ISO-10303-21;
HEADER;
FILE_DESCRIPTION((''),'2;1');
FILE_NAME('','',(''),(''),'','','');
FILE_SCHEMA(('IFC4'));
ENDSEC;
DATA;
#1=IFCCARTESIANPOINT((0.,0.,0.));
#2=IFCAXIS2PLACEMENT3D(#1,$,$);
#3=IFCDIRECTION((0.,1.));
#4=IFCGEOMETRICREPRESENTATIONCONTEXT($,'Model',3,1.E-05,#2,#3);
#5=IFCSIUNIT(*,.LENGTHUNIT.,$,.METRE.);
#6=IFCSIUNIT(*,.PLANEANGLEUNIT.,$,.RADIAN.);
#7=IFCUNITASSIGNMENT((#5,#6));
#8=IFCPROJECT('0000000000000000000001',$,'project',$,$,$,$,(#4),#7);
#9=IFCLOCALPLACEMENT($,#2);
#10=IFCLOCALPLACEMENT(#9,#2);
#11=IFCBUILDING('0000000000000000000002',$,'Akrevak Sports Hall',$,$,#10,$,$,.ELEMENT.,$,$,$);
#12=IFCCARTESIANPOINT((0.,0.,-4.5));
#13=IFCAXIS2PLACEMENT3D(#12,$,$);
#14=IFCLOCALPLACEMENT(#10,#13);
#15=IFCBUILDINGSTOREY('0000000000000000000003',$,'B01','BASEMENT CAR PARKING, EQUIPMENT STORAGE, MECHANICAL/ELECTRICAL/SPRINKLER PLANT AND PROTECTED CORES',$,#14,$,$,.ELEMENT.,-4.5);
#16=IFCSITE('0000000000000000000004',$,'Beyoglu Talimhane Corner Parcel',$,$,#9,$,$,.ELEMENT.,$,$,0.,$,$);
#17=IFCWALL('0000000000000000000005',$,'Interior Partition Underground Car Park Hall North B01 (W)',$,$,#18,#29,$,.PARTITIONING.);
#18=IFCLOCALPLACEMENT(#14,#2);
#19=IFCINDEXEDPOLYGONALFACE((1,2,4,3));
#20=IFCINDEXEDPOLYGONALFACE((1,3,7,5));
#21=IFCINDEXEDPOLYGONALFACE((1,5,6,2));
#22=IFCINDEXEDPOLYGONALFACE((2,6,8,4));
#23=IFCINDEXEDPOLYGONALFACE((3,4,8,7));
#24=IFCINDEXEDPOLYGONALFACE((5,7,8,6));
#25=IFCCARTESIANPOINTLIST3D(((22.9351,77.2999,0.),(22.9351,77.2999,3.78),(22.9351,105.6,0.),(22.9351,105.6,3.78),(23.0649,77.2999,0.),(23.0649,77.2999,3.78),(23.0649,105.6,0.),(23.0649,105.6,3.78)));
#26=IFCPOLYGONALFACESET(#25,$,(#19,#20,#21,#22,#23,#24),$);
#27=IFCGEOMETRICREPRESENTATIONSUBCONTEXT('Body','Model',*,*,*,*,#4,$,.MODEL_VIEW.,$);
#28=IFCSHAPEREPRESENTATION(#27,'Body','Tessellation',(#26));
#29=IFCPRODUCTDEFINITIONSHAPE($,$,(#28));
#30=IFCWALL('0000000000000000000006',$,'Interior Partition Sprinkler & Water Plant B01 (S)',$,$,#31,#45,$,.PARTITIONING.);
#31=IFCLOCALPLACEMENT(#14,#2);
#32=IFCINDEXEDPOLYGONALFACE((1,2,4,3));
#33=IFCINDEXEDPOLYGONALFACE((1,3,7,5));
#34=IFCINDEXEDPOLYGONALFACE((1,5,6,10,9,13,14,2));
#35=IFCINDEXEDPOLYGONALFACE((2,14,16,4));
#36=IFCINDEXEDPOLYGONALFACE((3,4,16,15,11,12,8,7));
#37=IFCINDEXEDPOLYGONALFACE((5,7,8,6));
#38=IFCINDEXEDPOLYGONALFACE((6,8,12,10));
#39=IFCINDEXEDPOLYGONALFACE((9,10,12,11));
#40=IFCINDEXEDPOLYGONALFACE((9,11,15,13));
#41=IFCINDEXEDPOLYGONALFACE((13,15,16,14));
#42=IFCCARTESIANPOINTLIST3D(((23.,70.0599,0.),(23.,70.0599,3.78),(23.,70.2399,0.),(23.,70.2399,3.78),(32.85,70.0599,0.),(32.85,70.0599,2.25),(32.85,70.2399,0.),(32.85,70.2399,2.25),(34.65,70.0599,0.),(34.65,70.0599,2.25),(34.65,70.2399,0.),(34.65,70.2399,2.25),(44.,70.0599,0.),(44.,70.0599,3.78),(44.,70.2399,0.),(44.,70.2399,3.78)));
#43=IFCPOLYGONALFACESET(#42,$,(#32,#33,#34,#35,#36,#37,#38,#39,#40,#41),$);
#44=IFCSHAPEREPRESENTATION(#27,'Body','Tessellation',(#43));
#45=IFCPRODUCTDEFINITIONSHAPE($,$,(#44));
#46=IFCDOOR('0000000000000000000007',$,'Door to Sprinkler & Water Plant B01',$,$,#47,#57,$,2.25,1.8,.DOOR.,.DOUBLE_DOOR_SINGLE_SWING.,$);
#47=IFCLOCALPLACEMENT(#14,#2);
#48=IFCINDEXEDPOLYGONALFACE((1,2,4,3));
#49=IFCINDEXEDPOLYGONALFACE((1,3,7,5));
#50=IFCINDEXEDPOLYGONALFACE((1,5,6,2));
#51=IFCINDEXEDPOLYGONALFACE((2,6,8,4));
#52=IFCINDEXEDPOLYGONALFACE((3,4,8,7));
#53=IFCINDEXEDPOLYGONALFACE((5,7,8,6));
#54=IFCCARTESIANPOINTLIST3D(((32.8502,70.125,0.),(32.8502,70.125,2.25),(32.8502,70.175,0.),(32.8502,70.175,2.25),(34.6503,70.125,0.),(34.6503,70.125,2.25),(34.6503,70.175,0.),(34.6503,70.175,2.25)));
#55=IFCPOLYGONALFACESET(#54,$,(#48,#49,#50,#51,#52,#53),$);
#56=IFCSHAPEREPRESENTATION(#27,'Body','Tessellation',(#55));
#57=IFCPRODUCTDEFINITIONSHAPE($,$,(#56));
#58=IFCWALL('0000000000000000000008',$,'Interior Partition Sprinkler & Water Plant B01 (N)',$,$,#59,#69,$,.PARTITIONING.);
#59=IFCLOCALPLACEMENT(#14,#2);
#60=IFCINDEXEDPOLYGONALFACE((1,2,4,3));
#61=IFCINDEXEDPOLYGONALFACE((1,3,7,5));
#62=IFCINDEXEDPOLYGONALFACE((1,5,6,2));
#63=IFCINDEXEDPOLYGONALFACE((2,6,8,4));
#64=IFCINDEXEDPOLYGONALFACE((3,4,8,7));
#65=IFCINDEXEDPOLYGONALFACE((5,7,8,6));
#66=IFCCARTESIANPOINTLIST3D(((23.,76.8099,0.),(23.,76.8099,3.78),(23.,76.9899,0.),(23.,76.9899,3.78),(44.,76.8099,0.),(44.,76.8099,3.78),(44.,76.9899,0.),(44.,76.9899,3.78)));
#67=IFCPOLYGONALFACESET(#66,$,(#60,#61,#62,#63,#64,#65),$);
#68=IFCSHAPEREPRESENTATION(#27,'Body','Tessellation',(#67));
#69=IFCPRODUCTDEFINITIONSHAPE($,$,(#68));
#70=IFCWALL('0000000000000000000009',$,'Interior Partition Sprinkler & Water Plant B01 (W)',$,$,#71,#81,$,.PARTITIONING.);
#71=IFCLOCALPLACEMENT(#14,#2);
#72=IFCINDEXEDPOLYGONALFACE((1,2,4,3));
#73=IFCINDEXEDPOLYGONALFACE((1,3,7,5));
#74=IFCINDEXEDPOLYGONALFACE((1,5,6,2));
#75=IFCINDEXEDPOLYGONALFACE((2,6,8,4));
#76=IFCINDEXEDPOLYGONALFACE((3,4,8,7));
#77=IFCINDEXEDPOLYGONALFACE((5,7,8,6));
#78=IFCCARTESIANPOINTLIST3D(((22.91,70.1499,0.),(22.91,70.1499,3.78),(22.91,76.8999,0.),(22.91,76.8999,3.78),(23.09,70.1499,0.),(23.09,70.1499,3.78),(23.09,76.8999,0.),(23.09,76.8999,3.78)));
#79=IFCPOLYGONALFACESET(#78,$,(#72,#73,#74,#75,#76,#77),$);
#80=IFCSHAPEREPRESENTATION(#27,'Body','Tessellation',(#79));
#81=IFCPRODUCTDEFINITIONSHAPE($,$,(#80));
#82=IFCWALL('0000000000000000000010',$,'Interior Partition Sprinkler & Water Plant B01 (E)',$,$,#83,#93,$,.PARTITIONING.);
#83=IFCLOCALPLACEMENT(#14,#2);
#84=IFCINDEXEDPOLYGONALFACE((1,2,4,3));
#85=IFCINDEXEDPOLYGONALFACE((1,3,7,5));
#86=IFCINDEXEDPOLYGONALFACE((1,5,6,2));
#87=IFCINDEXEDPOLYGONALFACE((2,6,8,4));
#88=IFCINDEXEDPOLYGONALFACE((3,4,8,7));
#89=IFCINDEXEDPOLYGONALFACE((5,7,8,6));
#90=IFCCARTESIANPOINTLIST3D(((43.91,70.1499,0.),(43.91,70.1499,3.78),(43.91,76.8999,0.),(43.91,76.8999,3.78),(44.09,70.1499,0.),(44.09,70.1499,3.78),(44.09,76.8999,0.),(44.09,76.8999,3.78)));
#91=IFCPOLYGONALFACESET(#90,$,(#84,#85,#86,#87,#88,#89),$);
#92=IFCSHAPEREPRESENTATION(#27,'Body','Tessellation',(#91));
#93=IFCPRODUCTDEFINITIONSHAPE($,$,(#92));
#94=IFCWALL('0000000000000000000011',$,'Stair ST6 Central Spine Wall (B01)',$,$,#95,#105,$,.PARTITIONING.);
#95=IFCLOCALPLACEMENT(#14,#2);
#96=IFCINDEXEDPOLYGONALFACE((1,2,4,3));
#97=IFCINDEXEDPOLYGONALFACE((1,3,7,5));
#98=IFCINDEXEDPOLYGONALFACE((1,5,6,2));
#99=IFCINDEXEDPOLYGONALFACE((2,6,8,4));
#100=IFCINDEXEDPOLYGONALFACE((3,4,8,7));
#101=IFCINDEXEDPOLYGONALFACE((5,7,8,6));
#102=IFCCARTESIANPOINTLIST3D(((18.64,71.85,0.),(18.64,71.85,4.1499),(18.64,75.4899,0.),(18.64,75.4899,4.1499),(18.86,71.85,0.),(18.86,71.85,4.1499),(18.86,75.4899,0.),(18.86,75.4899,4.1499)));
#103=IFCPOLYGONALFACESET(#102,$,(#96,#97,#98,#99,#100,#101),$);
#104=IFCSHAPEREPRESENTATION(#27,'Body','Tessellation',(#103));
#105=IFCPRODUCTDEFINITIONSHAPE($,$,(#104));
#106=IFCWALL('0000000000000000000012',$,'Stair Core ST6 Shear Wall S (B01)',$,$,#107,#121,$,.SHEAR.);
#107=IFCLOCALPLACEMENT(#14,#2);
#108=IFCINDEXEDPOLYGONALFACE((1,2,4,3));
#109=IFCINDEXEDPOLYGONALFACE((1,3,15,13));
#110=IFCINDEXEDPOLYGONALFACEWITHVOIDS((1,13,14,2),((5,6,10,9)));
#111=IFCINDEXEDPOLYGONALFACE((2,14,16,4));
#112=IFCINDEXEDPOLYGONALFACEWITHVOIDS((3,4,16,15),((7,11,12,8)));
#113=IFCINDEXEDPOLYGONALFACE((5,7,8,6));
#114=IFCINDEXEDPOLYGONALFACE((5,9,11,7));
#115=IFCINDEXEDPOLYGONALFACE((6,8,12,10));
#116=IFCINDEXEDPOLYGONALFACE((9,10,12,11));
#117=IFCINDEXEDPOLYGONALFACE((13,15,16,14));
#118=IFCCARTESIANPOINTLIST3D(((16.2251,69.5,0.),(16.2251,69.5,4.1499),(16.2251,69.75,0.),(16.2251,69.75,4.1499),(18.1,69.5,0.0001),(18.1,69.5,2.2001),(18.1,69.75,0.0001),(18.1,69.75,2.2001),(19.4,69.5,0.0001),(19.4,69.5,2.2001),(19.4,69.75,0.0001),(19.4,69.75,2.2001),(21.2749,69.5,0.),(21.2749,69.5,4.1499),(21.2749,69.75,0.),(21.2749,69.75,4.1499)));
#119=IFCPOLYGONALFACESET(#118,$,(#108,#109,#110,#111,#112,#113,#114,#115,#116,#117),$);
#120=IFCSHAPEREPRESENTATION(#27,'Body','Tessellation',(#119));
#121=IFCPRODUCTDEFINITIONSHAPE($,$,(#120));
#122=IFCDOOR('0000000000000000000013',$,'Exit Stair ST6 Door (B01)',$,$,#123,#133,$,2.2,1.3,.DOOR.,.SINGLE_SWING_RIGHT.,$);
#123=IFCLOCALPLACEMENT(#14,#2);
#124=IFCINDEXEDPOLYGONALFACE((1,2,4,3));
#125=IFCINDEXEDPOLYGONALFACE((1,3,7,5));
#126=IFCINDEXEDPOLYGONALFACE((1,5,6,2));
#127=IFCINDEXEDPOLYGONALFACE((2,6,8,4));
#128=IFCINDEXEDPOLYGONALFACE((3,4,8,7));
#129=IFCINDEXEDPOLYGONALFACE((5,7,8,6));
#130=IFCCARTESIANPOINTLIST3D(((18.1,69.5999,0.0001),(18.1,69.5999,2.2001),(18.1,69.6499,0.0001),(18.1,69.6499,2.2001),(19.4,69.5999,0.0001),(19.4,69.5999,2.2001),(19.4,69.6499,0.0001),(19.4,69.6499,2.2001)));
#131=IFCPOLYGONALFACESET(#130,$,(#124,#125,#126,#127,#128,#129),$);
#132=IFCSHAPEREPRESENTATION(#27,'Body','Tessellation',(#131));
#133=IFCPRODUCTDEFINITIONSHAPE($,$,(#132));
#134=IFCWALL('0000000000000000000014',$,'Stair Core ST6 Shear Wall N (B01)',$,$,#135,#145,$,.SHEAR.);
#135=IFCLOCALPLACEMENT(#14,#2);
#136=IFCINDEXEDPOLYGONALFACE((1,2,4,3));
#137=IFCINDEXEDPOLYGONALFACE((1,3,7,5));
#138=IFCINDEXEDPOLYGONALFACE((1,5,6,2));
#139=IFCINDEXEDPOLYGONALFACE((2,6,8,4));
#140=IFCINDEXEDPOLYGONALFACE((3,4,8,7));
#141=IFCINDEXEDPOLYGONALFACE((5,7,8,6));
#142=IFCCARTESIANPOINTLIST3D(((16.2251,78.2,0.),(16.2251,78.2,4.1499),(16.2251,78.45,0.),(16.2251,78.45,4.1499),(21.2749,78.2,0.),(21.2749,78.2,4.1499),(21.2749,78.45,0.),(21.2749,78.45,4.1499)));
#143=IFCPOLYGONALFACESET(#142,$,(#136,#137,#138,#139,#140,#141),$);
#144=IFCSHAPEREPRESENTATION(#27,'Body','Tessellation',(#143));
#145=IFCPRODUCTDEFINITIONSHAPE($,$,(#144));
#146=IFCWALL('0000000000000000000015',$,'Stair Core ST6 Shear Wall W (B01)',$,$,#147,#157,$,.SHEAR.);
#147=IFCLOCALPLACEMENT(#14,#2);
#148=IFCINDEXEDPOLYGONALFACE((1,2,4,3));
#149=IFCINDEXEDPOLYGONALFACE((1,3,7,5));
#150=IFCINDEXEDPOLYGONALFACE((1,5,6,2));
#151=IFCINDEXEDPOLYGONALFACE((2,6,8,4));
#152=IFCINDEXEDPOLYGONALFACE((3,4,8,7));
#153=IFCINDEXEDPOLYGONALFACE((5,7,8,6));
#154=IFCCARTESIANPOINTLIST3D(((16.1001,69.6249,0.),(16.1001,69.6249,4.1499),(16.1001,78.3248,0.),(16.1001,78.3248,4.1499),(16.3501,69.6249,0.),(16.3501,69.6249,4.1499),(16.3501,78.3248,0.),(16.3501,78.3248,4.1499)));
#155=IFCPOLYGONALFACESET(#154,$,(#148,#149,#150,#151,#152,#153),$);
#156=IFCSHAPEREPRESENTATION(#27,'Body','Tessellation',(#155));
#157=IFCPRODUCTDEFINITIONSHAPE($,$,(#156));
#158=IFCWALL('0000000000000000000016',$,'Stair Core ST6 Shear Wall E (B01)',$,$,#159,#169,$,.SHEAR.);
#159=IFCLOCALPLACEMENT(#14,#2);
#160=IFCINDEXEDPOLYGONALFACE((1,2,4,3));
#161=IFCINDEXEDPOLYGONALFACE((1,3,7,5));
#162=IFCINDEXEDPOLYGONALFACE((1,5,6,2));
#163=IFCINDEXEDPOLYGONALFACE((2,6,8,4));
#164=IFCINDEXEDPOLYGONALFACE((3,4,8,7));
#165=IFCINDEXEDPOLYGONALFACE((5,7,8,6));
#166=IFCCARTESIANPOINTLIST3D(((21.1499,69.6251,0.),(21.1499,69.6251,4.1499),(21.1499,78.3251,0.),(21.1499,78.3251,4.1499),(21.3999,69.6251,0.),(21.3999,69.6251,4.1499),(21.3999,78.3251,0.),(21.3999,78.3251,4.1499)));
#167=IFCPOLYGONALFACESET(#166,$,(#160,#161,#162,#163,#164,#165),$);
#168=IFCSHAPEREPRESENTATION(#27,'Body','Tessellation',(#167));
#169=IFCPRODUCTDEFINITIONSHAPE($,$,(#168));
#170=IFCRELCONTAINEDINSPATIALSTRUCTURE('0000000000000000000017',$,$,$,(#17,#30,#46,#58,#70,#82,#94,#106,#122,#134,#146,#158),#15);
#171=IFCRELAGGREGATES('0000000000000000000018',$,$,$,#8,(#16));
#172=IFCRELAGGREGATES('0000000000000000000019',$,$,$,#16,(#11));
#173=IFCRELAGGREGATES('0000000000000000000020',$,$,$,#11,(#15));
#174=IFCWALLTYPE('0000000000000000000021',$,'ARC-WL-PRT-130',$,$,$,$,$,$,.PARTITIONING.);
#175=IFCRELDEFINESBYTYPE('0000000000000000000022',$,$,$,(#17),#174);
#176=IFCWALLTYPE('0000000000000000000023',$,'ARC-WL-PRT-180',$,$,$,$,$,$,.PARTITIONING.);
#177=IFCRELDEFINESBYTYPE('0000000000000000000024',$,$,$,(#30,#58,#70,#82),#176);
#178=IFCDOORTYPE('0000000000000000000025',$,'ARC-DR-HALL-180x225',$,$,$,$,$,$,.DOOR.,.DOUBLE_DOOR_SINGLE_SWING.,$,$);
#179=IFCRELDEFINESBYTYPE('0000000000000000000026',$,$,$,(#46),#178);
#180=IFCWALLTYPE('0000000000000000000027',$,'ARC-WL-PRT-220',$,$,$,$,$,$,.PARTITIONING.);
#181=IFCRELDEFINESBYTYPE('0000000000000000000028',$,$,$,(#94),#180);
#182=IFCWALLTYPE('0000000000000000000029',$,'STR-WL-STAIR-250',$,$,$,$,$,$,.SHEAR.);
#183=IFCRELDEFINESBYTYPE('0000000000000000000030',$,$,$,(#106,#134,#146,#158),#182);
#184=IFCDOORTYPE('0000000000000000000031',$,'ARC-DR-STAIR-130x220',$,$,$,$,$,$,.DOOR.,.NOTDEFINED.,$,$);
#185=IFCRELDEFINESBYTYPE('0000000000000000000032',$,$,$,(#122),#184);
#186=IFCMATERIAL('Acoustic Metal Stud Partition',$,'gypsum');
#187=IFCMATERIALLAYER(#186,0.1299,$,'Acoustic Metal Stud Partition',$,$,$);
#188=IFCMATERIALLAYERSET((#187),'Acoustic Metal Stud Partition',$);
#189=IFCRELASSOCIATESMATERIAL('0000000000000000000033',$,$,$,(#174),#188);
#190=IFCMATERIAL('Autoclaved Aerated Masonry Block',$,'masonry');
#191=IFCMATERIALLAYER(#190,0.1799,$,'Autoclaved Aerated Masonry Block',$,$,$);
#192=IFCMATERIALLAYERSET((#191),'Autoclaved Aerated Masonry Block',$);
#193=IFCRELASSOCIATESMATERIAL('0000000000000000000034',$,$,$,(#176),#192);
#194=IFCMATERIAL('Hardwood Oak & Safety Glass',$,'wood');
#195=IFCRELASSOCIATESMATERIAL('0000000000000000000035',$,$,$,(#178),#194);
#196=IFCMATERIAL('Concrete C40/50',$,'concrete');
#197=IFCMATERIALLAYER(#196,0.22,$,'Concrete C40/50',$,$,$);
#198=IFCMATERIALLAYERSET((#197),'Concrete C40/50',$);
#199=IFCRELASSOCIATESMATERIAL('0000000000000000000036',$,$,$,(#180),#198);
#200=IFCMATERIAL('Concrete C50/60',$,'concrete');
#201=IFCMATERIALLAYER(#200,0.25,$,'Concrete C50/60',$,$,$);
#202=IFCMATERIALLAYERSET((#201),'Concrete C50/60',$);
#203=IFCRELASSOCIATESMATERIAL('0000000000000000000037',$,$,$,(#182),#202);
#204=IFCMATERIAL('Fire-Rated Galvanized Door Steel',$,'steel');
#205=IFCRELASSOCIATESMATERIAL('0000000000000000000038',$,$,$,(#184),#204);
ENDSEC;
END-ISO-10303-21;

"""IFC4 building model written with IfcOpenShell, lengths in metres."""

from ifc_helpers import new_model, si_unit, direction, frame, frame_2d, origin, place, context, subcontext, project, spatial, rectangle, extrude, material, layer, layer_set, type_object, element, fill, save


model = new_model("IFC4")

# Units and contexts
model_context = context("Model", 3, precision=1e-05, world=origin(), true_north=direction((0.0, 1.0)))
body_context = subcontext(model_context, "Body", "Model", "MODEL_VIEW")
ifc_project = project(units=[si_unit("LENGTHUNIT", "METRE"), si_unit("PLANEANGLEUNIT", "RADIAN")], contexts=[model_context])

# Site, building, storey
site_placement = place(None, origin())
site = spatial("IfcSite", under=ifc_project, at=site_placement, Name="Beyoglu Talimhane Corner Parcel", CompositionType="ELEMENT", RefElevation=0.0)
building_placement = place(site_placement, origin())
building = spatial("IfcBuilding", under=site, at=building_placement, Name="Akrevak Sports Hall", CompositionType="ELEMENT")
storey_placement = place(building_placement, frame((0.0, 0.0, -4.5)))
storey = spatial("IfcBuildingStorey", under=building, at=storey_placement, Name="B01", Description="BASEMENT CAR PARKING, EQUIPMENT STORAGE, MECHANICAL/ELECTRICAL/SPRINKLER PLANT AND PROTECTED CORES", CompositionType="ELEMENT", Elevation=-4.5)

# Shared definitions
ifc_material_1 = material(Name="Concrete C40/50", Category="concrete")
ifc_material_2 = material(Name="Concrete C50/60", Category="concrete")

# Shared definitions
ifc_material_3 = material(Name="Acoustic Metal Stud Partition", Category="gypsum")
ifc_layer_1 = layer(ifc_material_3, 0.1299, Name="Acoustic Metal Stud Partition")
ifc_layer_set_1 = layer_set([ifc_layer_1], Name="Acoustic Metal Stud Partition")
wall_type_1 = type_object("IfcWallType", Name="ARC-WL-PRT-130", PredefinedType="PARTITIONING", material=ifc_layer_set_1)

# Wall
wall_1_placement = place(storey_placement, frame((23.0, 77.3, 0.0), z_axis=(0.0, 0.0, 1.0), x_axis=(0.0, 1.0, 0.0)))
element("IfcWall", 1, at=wall_1_placement, inside=storey, type_object=wall_type_1, Name="Interior Partition Underground Car Park Hall North B01 (W)", PredefinedType="PARTITIONING", context=body_context, shape_type="SweptSolid", body=[
    extrude(rectangle(XDim=28.3, YDim=0.1299, at=frame_2d((14.1499, 0.0))), origin(), (0.0, 0.0, 1.0), 3.78),
])

# Wall, opening, door
ifc_material_4 = material(Name="Autoclaved Aerated Masonry Block", Category="masonry")
ifc_layer_2 = layer(ifc_material_4, 0.1799, Name="Autoclaved Aerated Masonry Block")
ifc_layer_set_2 = layer_set([ifc_layer_2], Name="Autoclaved Aerated Masonry Block")
wall_type_2 = type_object("IfcWallType", Name="ARC-WL-PRT-180", PredefinedType="PARTITIONING", material=ifc_layer_set_2)
wall_2_placement = place(storey_placement, frame((23.0, 70.1499, 0.0), z_axis=(0.0, 0.0, 1.0), x_axis=(1.0, 0.0, 0.0)))
wall_2 = element("IfcWall", 2, at=wall_2_placement, inside=storey, type_object=wall_type_2, Name="Interior Partition Sprinkler & Water Plant B01 (S)", PredefinedType="PARTITIONING", context=body_context, shape_type="SweptSolid", body=[
    extrude(rectangle(XDim=21.0, YDim=0.1799, at=frame_2d((10.5, 0.0))), origin(), (0.0, 0.0, 1.0), 3.78),
])
opening_1_placement = place(wall_2_placement, frame((9.8501, 0.0, 0.0)))
opening_1 = element("IfcOpeningElement", 3, at=opening_1_placement, cuts=wall_2, PredefinedType="OPENING", context=body_context, shape_type="SweptSolid", body=[
    extrude(rectangle(XDim=1.8, YDim=2.25, at=frame_2d((0.8999, 1.125))), frame((0.0, 0.1021, 0.0), z_axis=(0.0, -1.0, 0.0), x_axis=(1.0, 0.0, 0.0)), (0.0, 0.0, 1.0), 0.2039),
])
ifc_material_5 = material(Name="Hardwood Oak & Safety Glass", Category="wood")
door_type_1 = type_object("IfcDoorType", Name="ARC-DR-HALL-180x225", OperationType="DOUBLE_DOOR_SINGLE_SWING", PredefinedType="DOOR", material=ifc_material_5)
door_1_placement = place(opening_1_placement, frame((1.8, 0.0, 0.0), z_axis=(0.0, 0.0, 1.0), x_axis=(-1.0, 0.0, 0.0)))
door_1 = element("IfcDoor", 4, at=door_1_placement, inside=storey, type_object=door_type_1, Name="Door to Sprinkler & Water Plant B01", OperationType="DOUBLE_DOOR_SINGLE_SWING", OverallHeight=2.25, OverallWidth=1.8, PredefinedType="DOOR", context=body_context, shape_type="SweptSolid", body=[
    extrude(rectangle(XDim=1.8, YDim=2.25, at=frame_2d((0.8999, 1.125))), frame((0.0, 0.0249, 0.0), z_axis=(0.0, -1.0, 0.0), x_axis=(1.0, 0.0, 0.0)), (0.0, 0.0, 1.0), 0.05),
])
fill(opening_1, door_1)

# Walls
wall_3_placement = place(storey_placement, frame((23.0, 76.8999, 0.0), z_axis=(0.0, 0.0, 1.0), x_axis=(1.0, 0.0, 0.0)))
element("IfcWall", 5, at=wall_3_placement, inside=storey, type_object=wall_type_2, Name="Interior Partition Sprinkler & Water Plant B01 (N)", PredefinedType="PARTITIONING", context=body_context, shape_type="SweptSolid", body=[
    extrude(rectangle(XDim=21.0, YDim=0.1799, at=frame_2d((10.5, 0.0))), origin(), (0.0, 0.0, 1.0), 3.78),
])
for number, where, z_axis, x_axis, name in (
    (6, (23.0, 70.1499, 0.0), (0.0, 0.0, 1.0), (0.0, 1.0, 0.0), "Interior Partition Sprinkler & Water Plant B01 (W)"),
    (7, (44.0, 70.1499, 0.0), (0.0, 0.0, 1.0), (0.0, 1.0, 0.0), "Interior Partition Sprinkler & Water Plant B01 (E)"),
):
    element("IfcWall", number, at=place(storey_placement, frame(where, z_axis=z_axis, x_axis=x_axis)), inside=storey, type_object=wall_type_2, Name=name, PredefinedType="PARTITIONING", context=body_context, shape_type="SweptSolid", body=[
        extrude(rectangle(XDim=6.75, YDim=0.1799, at=frame_2d((3.375, 0.0))), origin(), (0.0, 0.0, 1.0), 3.78),
    ])
ifc_layer_3 = layer(ifc_material_1, 0.22, Name="Concrete C40/50")
ifc_layer_set_3 = layer_set([ifc_layer_3], Name="Concrete C40/50")
wall_type_3 = type_object("IfcWallType", Name="ARC-WL-PRT-220", PredefinedType="PARTITIONING", material=ifc_layer_set_3)
wall_4_placement = place(storey_placement, frame((18.75, 71.8501, 0.0), z_axis=(0.0, 0.0, 1.0), x_axis=(0.0, 1.0, 0.0)))
element("IfcWall", 8, at=wall_4_placement, inside=storey, type_object=wall_type_3, Name="Stair ST6 Central Spine Wall (B01)", PredefinedType="PARTITIONING", context=body_context, shape_type="SweptSolid", body=[
    extrude(rectangle(XDim=3.6399, YDim=0.22, at=frame_2d((1.8198, 0.0))), origin(), (0.0, 0.0, 1.0), 4.1499),
])

# Wall, opening, door
ifc_layer_4 = layer(ifc_material_2, 0.25, Name="Concrete C50/60")
ifc_layer_set_4 = layer_set([ifc_layer_4], Name="Concrete C50/60")
wall_type_4 = type_object("IfcWallType", Name="STR-WL-STAIR-250", PredefinedType="SHEAR", material=ifc_layer_set_4)
wall_5_placement = place(storey_placement, frame((16.2251, 69.625, 0.0), z_axis=(0.0, 0.0, 1.0), x_axis=(1.0, 0.0, 0.0)))
wall_5 = element("IfcWall", 9, at=wall_5_placement, inside=storey, type_object=wall_type_4, Name="Stair Core ST6 Shear Wall S (B01)", PredefinedType="SHEAR", context=body_context, shape_type="SweptSolid", body=[
    extrude(rectangle(XDim=5.0498, YDim=0.25, at=frame_2d((2.5249, 0.0))), origin(), (0.0, 0.0, 1.0), 4.1499),
])
opening_2_placement = place(wall_5_placement, frame((1.875, 0.0, 0.0)))
opening_2 = element("IfcOpeningElement", 10, at=opening_2_placement, cuts=wall_5, PredefinedType="OPENING", context=body_context, shape_type="SweptSolid", body=[
    extrude(rectangle(XDim=1.3, YDim=2.2, at=frame_2d((0.6499, 1.1001))), frame((0.0, 0.137, 0.0), z_axis=(0.0, -1.0, 0.0), x_axis=(1.0, 0.0, 0.0)), (0.0, 0.0, 1.0), 0.2739),
])
ifc_material_6 = material(Name="Fire-Rated Galvanized Door Steel", Category="steel")
door_type_2 = type_object("IfcDoorType", Name="ARC-DR-STAIR-130x220", OperationType="NOTDEFINED", PredefinedType="DOOR", material=ifc_material_6)
door_2_placement = place(opening_2_placement, origin())
door_2 = element("IfcDoor", 11, at=door_2_placement, inside=storey, type_object=door_type_2, Name="Exit Stair ST6 Door (B01)", OperationType="SINGLE_SWING_RIGHT", OverallHeight=2.2, OverallWidth=1.3, PredefinedType="DOOR", context=body_context, shape_type="SweptSolid", body=[
    extrude(rectangle(XDim=1.3, YDim=2.2, at=frame_2d((0.6499, 1.1001))), frame((0.0, 0.0249, 0.0), z_axis=(0.0, -1.0, 0.0), x_axis=(1.0, 0.0, 0.0)), (0.0, 0.0, 1.0), 0.05),
])
fill(opening_2, door_2)

# Walls
wall_6_placement = place(storey_placement, frame((21.2749, 78.325, 0.0), z_axis=(0.0, 0.0, 1.0), x_axis=(-1.0, 0.0, 0.0)))
element("IfcWall", 12, at=wall_6_placement, inside=storey, type_object=wall_type_4, Name="Stair Core ST6 Shear Wall N (B01)", PredefinedType="SHEAR", context=body_context, shape_type="SweptSolid", body=[
    extrude(rectangle(XDim=5.0498, YDim=0.25, at=frame_2d((2.5249, 0.0))), origin(), (0.0, 0.0, 1.0), 4.1499),
])
for number, where, z_axis, x_axis, name in (
    (13, (16.2251, 78.325, 0.0), (0.0, 0.0, 1.0), (0.0, -1.0, 0.0), "Stair Core ST6 Shear Wall W (B01)"),
    (14, (21.2749, 69.625, 0.0), (0.0, 0.0, 1.0), (0.0, 1.0, 0.0), "Stair Core ST6 Shear Wall E (B01)"),
):
    element("IfcWall", number, at=place(storey_placement, frame(where, z_axis=z_axis, x_axis=x_axis)), inside=storey, type_object=wall_type_4, Name=name, PredefinedType="SHEAR", context=body_context, shape_type="SweptSolid", body=[
        extrude(rectangle(XDim=8.7, YDim=0.25, at=frame_2d((4.3501, 0.0))), origin(), (0.0, 0.0, 1.0), 4.1499),
    ])

save(model, "model.ifc")
